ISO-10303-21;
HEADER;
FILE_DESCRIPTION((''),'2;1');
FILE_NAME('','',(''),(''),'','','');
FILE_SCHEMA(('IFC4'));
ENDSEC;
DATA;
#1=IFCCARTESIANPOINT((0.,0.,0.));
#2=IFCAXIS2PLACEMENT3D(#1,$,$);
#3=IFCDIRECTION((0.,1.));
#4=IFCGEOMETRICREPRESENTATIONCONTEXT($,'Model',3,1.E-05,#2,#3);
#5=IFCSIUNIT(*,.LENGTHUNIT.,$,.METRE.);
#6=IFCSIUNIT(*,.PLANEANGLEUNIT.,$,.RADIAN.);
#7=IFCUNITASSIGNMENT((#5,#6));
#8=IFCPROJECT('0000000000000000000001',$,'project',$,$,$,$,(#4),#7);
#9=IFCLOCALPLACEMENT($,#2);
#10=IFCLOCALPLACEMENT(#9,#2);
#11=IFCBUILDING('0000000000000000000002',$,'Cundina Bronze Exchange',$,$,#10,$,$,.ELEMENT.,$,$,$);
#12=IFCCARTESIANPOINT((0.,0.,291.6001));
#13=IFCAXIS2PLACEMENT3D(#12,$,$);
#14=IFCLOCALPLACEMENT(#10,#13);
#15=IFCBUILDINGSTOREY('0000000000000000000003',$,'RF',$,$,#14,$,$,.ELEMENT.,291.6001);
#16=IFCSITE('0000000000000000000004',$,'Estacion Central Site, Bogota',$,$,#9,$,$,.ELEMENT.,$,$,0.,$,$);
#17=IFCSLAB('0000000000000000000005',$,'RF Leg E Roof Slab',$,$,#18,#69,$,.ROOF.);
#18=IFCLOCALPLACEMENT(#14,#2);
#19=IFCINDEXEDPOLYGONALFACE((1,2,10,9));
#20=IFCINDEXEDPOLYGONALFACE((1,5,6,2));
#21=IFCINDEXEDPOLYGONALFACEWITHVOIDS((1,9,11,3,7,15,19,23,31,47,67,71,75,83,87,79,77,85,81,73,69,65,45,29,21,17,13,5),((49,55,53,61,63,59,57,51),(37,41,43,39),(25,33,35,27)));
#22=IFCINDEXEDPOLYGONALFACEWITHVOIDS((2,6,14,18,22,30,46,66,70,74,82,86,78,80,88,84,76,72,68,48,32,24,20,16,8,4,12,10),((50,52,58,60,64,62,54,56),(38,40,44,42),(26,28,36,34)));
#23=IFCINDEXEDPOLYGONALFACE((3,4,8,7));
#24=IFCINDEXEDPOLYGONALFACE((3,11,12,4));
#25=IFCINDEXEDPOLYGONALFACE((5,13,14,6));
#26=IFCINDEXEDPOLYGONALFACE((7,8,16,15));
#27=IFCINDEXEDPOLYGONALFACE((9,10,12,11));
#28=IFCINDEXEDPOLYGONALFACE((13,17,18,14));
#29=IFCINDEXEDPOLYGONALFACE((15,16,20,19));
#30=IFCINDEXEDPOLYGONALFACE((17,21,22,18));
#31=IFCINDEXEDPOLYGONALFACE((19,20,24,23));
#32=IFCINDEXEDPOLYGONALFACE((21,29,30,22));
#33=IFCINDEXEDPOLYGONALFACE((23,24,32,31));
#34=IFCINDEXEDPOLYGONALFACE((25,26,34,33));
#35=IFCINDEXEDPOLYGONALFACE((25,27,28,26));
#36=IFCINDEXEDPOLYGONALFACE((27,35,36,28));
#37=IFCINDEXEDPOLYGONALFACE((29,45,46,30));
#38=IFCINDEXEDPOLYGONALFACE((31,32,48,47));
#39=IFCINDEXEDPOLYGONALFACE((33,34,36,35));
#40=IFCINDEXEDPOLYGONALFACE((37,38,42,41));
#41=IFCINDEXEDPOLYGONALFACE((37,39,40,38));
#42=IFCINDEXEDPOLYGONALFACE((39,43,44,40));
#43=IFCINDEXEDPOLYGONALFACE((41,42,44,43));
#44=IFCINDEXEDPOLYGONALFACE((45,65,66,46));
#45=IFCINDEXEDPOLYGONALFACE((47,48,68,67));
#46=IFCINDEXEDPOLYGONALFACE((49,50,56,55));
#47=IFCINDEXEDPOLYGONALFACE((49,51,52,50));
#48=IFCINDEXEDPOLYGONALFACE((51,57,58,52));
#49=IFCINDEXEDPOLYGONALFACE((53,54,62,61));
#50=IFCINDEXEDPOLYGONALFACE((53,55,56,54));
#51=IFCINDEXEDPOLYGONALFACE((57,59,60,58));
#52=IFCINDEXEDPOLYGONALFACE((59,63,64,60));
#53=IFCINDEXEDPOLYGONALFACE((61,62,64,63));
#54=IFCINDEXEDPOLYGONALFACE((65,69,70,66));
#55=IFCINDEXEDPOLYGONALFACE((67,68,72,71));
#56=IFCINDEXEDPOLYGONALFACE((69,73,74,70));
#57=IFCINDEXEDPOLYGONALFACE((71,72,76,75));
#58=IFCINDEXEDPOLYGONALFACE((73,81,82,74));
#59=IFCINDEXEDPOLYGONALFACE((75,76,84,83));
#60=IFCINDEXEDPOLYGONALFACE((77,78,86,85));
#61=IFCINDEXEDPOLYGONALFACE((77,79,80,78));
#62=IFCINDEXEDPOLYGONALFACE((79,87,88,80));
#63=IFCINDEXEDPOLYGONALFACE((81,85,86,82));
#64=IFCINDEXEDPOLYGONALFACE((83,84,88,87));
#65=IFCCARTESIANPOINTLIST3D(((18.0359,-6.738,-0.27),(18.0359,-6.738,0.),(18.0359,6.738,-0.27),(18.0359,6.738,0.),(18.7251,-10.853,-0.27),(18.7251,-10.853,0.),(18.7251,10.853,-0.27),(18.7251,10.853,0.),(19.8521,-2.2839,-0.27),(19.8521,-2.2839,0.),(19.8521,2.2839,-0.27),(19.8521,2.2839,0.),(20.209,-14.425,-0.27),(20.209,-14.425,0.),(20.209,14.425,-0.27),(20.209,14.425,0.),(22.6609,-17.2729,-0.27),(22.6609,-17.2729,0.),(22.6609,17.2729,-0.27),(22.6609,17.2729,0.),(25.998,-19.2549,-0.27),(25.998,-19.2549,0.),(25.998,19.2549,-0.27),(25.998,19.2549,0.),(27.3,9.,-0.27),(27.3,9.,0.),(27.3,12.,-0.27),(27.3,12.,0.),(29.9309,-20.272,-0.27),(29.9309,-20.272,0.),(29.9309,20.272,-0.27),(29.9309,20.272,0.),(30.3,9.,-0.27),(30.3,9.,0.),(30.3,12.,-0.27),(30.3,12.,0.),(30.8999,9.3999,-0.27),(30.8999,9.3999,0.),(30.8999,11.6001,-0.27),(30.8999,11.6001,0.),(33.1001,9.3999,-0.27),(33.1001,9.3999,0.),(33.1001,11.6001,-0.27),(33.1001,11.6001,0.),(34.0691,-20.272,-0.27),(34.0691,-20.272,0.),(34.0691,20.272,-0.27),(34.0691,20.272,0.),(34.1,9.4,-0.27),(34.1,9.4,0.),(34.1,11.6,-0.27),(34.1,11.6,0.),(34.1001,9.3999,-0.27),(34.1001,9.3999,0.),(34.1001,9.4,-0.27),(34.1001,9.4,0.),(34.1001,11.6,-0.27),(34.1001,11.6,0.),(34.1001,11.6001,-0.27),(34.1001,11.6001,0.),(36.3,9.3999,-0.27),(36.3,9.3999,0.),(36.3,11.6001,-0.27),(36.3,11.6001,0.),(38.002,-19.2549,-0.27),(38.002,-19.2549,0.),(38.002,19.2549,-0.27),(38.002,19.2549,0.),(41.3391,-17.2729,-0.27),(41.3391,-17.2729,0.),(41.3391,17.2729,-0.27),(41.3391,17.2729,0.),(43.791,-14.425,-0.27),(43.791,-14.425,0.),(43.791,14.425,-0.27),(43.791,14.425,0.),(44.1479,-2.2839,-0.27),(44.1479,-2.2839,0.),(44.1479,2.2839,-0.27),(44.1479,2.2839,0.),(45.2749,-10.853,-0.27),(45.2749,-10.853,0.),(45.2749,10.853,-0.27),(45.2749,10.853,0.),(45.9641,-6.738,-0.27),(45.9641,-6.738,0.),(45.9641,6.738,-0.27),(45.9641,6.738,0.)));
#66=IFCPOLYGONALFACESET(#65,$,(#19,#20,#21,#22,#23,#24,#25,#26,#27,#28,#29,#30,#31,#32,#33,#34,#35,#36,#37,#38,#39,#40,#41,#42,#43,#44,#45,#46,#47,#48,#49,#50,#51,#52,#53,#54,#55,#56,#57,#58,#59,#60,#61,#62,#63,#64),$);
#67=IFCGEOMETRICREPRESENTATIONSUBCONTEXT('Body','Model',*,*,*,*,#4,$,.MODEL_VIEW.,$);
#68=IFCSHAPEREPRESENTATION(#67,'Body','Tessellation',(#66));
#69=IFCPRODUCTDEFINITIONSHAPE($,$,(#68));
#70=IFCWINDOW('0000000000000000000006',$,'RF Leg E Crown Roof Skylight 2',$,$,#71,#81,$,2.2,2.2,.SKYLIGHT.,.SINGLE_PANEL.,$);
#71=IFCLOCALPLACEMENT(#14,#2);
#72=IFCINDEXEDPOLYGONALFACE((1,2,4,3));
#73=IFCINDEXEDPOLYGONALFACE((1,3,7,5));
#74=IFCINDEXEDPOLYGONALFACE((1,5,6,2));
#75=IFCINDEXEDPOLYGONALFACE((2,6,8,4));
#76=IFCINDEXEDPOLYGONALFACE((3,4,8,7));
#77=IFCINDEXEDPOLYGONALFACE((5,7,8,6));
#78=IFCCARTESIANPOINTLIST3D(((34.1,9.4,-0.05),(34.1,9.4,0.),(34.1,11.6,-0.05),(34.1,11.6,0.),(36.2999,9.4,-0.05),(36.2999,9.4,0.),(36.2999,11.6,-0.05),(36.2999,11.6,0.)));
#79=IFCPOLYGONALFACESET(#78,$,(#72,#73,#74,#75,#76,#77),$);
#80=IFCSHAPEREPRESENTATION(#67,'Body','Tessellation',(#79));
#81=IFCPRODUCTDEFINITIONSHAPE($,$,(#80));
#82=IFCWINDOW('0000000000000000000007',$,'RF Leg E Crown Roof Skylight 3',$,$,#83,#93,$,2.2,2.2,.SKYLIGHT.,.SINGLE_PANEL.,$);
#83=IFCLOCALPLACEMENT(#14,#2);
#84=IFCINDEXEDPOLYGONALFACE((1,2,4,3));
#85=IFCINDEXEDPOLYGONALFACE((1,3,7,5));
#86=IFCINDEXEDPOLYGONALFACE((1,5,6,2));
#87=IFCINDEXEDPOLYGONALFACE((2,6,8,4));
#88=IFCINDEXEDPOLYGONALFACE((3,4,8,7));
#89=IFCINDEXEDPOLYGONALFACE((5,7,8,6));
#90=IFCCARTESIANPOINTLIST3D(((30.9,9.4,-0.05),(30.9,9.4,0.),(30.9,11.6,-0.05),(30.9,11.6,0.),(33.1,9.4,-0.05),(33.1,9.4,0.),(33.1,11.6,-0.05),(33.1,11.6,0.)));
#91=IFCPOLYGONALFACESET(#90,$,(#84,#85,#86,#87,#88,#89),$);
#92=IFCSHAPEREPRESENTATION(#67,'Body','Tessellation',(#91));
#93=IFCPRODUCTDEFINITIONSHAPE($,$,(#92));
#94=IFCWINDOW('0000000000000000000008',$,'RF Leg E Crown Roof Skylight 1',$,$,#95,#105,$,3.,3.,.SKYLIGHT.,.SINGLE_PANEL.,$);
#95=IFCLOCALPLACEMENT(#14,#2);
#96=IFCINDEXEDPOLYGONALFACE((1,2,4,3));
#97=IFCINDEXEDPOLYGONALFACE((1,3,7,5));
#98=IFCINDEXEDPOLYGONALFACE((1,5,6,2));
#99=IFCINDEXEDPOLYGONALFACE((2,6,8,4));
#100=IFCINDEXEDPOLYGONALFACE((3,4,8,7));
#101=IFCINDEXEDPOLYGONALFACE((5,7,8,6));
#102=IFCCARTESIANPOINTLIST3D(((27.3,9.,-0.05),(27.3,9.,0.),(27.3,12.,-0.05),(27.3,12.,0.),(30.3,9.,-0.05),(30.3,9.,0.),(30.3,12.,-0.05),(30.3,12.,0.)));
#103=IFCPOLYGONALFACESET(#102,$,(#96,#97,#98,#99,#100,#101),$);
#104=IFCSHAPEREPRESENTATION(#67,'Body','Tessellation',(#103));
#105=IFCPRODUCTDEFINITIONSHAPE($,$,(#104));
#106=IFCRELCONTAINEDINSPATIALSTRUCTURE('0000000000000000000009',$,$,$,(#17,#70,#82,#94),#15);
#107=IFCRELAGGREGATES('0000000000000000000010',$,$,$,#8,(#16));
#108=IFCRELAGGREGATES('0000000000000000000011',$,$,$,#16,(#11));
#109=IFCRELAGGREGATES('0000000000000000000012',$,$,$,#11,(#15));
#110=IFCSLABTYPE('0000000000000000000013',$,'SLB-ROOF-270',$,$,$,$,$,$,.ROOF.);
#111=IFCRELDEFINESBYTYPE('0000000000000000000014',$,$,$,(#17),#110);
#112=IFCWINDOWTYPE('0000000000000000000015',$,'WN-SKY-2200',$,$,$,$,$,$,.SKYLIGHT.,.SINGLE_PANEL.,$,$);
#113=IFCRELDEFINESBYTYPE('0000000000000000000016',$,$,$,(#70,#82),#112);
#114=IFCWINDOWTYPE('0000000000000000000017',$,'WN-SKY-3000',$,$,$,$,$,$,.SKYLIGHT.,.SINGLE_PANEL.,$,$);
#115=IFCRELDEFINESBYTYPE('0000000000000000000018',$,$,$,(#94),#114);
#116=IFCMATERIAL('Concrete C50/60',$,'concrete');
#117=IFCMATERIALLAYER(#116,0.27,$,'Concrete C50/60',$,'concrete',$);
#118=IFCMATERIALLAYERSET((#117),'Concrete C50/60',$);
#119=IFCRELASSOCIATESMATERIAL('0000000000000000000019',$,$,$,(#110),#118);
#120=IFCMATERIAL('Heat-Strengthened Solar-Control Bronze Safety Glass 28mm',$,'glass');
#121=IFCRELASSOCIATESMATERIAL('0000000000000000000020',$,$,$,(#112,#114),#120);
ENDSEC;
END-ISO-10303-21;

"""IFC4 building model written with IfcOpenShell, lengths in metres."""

from ifc_helpers import new_model, si_unit, direction, frame, origin, origin_2d, place, context, subcontext, project, spatial, polyline, rectangle, outline, extrude, material, layer, layer_set, type_object, element, fill, save


model = new_model("IFC4")

# Units and contexts
model_context = context("Model", 3, precision=1e-05, world=origin(), true_north=direction((0.0, 1.0)))
body_context = subcontext(model_context, "Body", "Model", "MODEL_VIEW")
ifc_project = project(units=[si_unit("LENGTHUNIT", "METRE"), si_unit("PLANEANGLEUNIT", "RADIAN")], contexts=[model_context])

# Site, building, storey
site_placement = place(None, origin())
site = spatial("IfcSite", under=ifc_project, at=site_placement, Name="Estacion Central Site, Bogota", CompositionType="ELEMENT", RefElevation=0.0)
building_placement = place(site_placement, origin())
building = spatial("IfcBuilding", under=site, at=building_placement, Name="Cundina Bronze Exchange", CompositionType="ELEMENT")
storey_placement = place(building_placement, frame((0.0, 0.0, 291.6001)))
storey = spatial("IfcBuildingStorey", under=building, at=storey_placement, Name="RF", CompositionType="ELEMENT", Elevation=291.6001)

# Shared definitions
ifc_material_1 = material(Name="Heat-Strengthened Solar-Control Bronze Safety Glass 28mm", Category="glass")

# Slab, openings, windows
ifc_material_2 = material(Name="Concrete C50/60", Category="concrete")
ifc_layer_1 = layer(ifc_material_2, 0.27, Name="Concrete C50/60", Category="concrete")
ifc_layer_set_1 = layer_set([ifc_layer_1], Name="Concrete C50/60")
slab_type_1 = type_object("IfcSlabType", Name="SLB-ROOF-270", PredefinedType="ROOF", material=ifc_layer_set_1)
slab_1_placement = place(storey_placement, frame((0.0, 0.0, -0.27)))
slab_1 = element("IfcSlab", 1, at=slab_1_placement, inside=storey, type_object=slab_type_1, Name="RF Leg E Roof Slab", PredefinedType="ROOF", context=body_context, shape_type="SweptSolid", body=[
    extrude(outline(polyline([(44.1479, 2.2839), (45.9641, 6.738), (45.2749, 10.853), (43.791, 14.425), (41.3391, 17.2729), (38.002, 19.2549), (34.0691, 20.272), (29.9309, 20.272), (25.998, 19.2549), (22.6609, 17.2729), (20.209, 14.425), (18.7251, 10.853), (18.0359, 6.738), (19.8521, 2.2839), (19.8521, -2.2839), (18.0359, -6.738), (18.7251, -10.853), (20.209, -14.425), (22.6609, -17.2729), (25.998, -19.2549), (29.9309, -20.272), (34.0691, -20.272), (38.002, -19.2549), (41.3391, -17.2729), (43.791, -14.425), (45.2749, -10.853), (45.9641, -6.738), (44.1479, -2.2839), (44.1479, 2.2839)]), holes=[polyline([(27.3, 12.0), (30.3, 12.0), (30.3, 9.0), (27.3, 9.0), (27.3, 12.0)]), polyline([(34.1001, 11.6001), (36.3, 11.6001), (36.3, 9.3999), (34.1001, 9.3999), (34.1001, 11.6001)]), polyline([(30.8999, 11.6001), (33.1001, 11.6001), (33.1001, 9.3999), (30.8999, 9.3999), (30.8999, 11.6001)])]), origin(), (0.0, 0.0, 1.0), 0.27),
])
opening_1_placement = place(slab_1_placement, frame((28.8, 10.5, -0.01)))
opening_1 = element("IfcOpeningElement", 2, at=opening_1_placement, cuts=slab_1, PredefinedType="OPENING", context=body_context, shape_type="SweptSolid", body=[
    extrude(rectangle(XDim=3.0, YDim=3.0, at=origin_2d()), origin(), (0.0, 0.0, 1.0), 0.29),
])
opening_2_placement = place(slab_1_placement, frame((35.2, 10.5, -0.01)))
opening_2 = element("IfcOpeningElement", 3, at=opening_2_placement, cuts=slab_1, PredefinedType="OPENING", context=body_context, shape_type="SweptSolid", body=[
    extrude(rectangle(XDim=2.2, YDim=2.2, at=origin_2d()), origin(), (0.0, 0.0, 1.0), 0.29),
])
opening_3_placement = place(slab_1_placement, frame((32.0, 10.5, -0.01)))
opening_3 = element("IfcOpeningElement", 4, at=opening_3_placement, cuts=slab_1, PredefinedType="OPENING", context=body_context, shape_type="SweptSolid", body=[
    extrude(rectangle(XDim=2.2, YDim=2.2, at=origin_2d()), origin(), (0.0, 0.0, 1.0), 0.29),
])
window_type_1 = type_object("IfcWindowType", Name="WN-SKY-2200", PartitioningType="SINGLE_PANEL", PredefinedType="SKYLIGHT", material=ifc_material_1)
window_1_placement = place(slab_1_placement, frame((35.2, 10.5, 0.22)))
window_1 = element("IfcWindow", 5, at=window_1_placement, inside=storey, type_object=window_type_1, Name="RF Leg E Crown Roof Skylight 2", OverallHeight=2.2, OverallWidth=2.2, PartitioningType="SINGLE_PANEL", PredefinedType="SKYLIGHT", context=body_context, shape_type="SweptSolid", body=[
    extrude(rectangle(XDim=2.2, YDim=2.2, at=origin_2d()), origin(), (0.0, 0.0, 1.0), 0.05),
])
fill(opening_2, window_1)
window_2_placement = place(slab_1_placement, frame((32.0, 10.5, 0.22)))
window_2 = element("IfcWindow", 6, at=window_2_placement, inside=storey, type_object=window_type_1, Name="RF Leg E Crown Roof Skylight 3", OverallHeight=2.2, OverallWidth=2.2, PartitioningType="SINGLE_PANEL", PredefinedType="SKYLIGHT", context=body_context, shape_type="SweptSolid", body=[
    extrude(rectangle(XDim=2.2, YDim=2.2, at=origin_2d()), origin(), (0.0, 0.0, 1.0), 0.05),
])
fill(opening_3, window_2)
window_type_2 = type_object("IfcWindowType", Name="WN-SKY-3000", PartitioningType="SINGLE_PANEL", PredefinedType="SKYLIGHT", material=ifc_material_1)
window_3_placement = place(slab_1_placement, frame((28.8, 10.5, 0.22)))
window_3 = element("IfcWindow", 7, at=window_3_placement, inside=storey, type_object=window_type_2, Name="RF Leg E Crown Roof Skylight 1", OverallHeight=3.0, OverallWidth=3.0, PartitioningType="SINGLE_PANEL", PredefinedType="SKYLIGHT", context=body_context, shape_type="SweptSolid", body=[
    extrude(rectangle(XDim=3.0, YDim=3.0, at=origin_2d()), origin(), (0.0, 0.0, 1.0), 0.05),
])
fill(opening_1, window_3)

save(model, "model.ifc")
